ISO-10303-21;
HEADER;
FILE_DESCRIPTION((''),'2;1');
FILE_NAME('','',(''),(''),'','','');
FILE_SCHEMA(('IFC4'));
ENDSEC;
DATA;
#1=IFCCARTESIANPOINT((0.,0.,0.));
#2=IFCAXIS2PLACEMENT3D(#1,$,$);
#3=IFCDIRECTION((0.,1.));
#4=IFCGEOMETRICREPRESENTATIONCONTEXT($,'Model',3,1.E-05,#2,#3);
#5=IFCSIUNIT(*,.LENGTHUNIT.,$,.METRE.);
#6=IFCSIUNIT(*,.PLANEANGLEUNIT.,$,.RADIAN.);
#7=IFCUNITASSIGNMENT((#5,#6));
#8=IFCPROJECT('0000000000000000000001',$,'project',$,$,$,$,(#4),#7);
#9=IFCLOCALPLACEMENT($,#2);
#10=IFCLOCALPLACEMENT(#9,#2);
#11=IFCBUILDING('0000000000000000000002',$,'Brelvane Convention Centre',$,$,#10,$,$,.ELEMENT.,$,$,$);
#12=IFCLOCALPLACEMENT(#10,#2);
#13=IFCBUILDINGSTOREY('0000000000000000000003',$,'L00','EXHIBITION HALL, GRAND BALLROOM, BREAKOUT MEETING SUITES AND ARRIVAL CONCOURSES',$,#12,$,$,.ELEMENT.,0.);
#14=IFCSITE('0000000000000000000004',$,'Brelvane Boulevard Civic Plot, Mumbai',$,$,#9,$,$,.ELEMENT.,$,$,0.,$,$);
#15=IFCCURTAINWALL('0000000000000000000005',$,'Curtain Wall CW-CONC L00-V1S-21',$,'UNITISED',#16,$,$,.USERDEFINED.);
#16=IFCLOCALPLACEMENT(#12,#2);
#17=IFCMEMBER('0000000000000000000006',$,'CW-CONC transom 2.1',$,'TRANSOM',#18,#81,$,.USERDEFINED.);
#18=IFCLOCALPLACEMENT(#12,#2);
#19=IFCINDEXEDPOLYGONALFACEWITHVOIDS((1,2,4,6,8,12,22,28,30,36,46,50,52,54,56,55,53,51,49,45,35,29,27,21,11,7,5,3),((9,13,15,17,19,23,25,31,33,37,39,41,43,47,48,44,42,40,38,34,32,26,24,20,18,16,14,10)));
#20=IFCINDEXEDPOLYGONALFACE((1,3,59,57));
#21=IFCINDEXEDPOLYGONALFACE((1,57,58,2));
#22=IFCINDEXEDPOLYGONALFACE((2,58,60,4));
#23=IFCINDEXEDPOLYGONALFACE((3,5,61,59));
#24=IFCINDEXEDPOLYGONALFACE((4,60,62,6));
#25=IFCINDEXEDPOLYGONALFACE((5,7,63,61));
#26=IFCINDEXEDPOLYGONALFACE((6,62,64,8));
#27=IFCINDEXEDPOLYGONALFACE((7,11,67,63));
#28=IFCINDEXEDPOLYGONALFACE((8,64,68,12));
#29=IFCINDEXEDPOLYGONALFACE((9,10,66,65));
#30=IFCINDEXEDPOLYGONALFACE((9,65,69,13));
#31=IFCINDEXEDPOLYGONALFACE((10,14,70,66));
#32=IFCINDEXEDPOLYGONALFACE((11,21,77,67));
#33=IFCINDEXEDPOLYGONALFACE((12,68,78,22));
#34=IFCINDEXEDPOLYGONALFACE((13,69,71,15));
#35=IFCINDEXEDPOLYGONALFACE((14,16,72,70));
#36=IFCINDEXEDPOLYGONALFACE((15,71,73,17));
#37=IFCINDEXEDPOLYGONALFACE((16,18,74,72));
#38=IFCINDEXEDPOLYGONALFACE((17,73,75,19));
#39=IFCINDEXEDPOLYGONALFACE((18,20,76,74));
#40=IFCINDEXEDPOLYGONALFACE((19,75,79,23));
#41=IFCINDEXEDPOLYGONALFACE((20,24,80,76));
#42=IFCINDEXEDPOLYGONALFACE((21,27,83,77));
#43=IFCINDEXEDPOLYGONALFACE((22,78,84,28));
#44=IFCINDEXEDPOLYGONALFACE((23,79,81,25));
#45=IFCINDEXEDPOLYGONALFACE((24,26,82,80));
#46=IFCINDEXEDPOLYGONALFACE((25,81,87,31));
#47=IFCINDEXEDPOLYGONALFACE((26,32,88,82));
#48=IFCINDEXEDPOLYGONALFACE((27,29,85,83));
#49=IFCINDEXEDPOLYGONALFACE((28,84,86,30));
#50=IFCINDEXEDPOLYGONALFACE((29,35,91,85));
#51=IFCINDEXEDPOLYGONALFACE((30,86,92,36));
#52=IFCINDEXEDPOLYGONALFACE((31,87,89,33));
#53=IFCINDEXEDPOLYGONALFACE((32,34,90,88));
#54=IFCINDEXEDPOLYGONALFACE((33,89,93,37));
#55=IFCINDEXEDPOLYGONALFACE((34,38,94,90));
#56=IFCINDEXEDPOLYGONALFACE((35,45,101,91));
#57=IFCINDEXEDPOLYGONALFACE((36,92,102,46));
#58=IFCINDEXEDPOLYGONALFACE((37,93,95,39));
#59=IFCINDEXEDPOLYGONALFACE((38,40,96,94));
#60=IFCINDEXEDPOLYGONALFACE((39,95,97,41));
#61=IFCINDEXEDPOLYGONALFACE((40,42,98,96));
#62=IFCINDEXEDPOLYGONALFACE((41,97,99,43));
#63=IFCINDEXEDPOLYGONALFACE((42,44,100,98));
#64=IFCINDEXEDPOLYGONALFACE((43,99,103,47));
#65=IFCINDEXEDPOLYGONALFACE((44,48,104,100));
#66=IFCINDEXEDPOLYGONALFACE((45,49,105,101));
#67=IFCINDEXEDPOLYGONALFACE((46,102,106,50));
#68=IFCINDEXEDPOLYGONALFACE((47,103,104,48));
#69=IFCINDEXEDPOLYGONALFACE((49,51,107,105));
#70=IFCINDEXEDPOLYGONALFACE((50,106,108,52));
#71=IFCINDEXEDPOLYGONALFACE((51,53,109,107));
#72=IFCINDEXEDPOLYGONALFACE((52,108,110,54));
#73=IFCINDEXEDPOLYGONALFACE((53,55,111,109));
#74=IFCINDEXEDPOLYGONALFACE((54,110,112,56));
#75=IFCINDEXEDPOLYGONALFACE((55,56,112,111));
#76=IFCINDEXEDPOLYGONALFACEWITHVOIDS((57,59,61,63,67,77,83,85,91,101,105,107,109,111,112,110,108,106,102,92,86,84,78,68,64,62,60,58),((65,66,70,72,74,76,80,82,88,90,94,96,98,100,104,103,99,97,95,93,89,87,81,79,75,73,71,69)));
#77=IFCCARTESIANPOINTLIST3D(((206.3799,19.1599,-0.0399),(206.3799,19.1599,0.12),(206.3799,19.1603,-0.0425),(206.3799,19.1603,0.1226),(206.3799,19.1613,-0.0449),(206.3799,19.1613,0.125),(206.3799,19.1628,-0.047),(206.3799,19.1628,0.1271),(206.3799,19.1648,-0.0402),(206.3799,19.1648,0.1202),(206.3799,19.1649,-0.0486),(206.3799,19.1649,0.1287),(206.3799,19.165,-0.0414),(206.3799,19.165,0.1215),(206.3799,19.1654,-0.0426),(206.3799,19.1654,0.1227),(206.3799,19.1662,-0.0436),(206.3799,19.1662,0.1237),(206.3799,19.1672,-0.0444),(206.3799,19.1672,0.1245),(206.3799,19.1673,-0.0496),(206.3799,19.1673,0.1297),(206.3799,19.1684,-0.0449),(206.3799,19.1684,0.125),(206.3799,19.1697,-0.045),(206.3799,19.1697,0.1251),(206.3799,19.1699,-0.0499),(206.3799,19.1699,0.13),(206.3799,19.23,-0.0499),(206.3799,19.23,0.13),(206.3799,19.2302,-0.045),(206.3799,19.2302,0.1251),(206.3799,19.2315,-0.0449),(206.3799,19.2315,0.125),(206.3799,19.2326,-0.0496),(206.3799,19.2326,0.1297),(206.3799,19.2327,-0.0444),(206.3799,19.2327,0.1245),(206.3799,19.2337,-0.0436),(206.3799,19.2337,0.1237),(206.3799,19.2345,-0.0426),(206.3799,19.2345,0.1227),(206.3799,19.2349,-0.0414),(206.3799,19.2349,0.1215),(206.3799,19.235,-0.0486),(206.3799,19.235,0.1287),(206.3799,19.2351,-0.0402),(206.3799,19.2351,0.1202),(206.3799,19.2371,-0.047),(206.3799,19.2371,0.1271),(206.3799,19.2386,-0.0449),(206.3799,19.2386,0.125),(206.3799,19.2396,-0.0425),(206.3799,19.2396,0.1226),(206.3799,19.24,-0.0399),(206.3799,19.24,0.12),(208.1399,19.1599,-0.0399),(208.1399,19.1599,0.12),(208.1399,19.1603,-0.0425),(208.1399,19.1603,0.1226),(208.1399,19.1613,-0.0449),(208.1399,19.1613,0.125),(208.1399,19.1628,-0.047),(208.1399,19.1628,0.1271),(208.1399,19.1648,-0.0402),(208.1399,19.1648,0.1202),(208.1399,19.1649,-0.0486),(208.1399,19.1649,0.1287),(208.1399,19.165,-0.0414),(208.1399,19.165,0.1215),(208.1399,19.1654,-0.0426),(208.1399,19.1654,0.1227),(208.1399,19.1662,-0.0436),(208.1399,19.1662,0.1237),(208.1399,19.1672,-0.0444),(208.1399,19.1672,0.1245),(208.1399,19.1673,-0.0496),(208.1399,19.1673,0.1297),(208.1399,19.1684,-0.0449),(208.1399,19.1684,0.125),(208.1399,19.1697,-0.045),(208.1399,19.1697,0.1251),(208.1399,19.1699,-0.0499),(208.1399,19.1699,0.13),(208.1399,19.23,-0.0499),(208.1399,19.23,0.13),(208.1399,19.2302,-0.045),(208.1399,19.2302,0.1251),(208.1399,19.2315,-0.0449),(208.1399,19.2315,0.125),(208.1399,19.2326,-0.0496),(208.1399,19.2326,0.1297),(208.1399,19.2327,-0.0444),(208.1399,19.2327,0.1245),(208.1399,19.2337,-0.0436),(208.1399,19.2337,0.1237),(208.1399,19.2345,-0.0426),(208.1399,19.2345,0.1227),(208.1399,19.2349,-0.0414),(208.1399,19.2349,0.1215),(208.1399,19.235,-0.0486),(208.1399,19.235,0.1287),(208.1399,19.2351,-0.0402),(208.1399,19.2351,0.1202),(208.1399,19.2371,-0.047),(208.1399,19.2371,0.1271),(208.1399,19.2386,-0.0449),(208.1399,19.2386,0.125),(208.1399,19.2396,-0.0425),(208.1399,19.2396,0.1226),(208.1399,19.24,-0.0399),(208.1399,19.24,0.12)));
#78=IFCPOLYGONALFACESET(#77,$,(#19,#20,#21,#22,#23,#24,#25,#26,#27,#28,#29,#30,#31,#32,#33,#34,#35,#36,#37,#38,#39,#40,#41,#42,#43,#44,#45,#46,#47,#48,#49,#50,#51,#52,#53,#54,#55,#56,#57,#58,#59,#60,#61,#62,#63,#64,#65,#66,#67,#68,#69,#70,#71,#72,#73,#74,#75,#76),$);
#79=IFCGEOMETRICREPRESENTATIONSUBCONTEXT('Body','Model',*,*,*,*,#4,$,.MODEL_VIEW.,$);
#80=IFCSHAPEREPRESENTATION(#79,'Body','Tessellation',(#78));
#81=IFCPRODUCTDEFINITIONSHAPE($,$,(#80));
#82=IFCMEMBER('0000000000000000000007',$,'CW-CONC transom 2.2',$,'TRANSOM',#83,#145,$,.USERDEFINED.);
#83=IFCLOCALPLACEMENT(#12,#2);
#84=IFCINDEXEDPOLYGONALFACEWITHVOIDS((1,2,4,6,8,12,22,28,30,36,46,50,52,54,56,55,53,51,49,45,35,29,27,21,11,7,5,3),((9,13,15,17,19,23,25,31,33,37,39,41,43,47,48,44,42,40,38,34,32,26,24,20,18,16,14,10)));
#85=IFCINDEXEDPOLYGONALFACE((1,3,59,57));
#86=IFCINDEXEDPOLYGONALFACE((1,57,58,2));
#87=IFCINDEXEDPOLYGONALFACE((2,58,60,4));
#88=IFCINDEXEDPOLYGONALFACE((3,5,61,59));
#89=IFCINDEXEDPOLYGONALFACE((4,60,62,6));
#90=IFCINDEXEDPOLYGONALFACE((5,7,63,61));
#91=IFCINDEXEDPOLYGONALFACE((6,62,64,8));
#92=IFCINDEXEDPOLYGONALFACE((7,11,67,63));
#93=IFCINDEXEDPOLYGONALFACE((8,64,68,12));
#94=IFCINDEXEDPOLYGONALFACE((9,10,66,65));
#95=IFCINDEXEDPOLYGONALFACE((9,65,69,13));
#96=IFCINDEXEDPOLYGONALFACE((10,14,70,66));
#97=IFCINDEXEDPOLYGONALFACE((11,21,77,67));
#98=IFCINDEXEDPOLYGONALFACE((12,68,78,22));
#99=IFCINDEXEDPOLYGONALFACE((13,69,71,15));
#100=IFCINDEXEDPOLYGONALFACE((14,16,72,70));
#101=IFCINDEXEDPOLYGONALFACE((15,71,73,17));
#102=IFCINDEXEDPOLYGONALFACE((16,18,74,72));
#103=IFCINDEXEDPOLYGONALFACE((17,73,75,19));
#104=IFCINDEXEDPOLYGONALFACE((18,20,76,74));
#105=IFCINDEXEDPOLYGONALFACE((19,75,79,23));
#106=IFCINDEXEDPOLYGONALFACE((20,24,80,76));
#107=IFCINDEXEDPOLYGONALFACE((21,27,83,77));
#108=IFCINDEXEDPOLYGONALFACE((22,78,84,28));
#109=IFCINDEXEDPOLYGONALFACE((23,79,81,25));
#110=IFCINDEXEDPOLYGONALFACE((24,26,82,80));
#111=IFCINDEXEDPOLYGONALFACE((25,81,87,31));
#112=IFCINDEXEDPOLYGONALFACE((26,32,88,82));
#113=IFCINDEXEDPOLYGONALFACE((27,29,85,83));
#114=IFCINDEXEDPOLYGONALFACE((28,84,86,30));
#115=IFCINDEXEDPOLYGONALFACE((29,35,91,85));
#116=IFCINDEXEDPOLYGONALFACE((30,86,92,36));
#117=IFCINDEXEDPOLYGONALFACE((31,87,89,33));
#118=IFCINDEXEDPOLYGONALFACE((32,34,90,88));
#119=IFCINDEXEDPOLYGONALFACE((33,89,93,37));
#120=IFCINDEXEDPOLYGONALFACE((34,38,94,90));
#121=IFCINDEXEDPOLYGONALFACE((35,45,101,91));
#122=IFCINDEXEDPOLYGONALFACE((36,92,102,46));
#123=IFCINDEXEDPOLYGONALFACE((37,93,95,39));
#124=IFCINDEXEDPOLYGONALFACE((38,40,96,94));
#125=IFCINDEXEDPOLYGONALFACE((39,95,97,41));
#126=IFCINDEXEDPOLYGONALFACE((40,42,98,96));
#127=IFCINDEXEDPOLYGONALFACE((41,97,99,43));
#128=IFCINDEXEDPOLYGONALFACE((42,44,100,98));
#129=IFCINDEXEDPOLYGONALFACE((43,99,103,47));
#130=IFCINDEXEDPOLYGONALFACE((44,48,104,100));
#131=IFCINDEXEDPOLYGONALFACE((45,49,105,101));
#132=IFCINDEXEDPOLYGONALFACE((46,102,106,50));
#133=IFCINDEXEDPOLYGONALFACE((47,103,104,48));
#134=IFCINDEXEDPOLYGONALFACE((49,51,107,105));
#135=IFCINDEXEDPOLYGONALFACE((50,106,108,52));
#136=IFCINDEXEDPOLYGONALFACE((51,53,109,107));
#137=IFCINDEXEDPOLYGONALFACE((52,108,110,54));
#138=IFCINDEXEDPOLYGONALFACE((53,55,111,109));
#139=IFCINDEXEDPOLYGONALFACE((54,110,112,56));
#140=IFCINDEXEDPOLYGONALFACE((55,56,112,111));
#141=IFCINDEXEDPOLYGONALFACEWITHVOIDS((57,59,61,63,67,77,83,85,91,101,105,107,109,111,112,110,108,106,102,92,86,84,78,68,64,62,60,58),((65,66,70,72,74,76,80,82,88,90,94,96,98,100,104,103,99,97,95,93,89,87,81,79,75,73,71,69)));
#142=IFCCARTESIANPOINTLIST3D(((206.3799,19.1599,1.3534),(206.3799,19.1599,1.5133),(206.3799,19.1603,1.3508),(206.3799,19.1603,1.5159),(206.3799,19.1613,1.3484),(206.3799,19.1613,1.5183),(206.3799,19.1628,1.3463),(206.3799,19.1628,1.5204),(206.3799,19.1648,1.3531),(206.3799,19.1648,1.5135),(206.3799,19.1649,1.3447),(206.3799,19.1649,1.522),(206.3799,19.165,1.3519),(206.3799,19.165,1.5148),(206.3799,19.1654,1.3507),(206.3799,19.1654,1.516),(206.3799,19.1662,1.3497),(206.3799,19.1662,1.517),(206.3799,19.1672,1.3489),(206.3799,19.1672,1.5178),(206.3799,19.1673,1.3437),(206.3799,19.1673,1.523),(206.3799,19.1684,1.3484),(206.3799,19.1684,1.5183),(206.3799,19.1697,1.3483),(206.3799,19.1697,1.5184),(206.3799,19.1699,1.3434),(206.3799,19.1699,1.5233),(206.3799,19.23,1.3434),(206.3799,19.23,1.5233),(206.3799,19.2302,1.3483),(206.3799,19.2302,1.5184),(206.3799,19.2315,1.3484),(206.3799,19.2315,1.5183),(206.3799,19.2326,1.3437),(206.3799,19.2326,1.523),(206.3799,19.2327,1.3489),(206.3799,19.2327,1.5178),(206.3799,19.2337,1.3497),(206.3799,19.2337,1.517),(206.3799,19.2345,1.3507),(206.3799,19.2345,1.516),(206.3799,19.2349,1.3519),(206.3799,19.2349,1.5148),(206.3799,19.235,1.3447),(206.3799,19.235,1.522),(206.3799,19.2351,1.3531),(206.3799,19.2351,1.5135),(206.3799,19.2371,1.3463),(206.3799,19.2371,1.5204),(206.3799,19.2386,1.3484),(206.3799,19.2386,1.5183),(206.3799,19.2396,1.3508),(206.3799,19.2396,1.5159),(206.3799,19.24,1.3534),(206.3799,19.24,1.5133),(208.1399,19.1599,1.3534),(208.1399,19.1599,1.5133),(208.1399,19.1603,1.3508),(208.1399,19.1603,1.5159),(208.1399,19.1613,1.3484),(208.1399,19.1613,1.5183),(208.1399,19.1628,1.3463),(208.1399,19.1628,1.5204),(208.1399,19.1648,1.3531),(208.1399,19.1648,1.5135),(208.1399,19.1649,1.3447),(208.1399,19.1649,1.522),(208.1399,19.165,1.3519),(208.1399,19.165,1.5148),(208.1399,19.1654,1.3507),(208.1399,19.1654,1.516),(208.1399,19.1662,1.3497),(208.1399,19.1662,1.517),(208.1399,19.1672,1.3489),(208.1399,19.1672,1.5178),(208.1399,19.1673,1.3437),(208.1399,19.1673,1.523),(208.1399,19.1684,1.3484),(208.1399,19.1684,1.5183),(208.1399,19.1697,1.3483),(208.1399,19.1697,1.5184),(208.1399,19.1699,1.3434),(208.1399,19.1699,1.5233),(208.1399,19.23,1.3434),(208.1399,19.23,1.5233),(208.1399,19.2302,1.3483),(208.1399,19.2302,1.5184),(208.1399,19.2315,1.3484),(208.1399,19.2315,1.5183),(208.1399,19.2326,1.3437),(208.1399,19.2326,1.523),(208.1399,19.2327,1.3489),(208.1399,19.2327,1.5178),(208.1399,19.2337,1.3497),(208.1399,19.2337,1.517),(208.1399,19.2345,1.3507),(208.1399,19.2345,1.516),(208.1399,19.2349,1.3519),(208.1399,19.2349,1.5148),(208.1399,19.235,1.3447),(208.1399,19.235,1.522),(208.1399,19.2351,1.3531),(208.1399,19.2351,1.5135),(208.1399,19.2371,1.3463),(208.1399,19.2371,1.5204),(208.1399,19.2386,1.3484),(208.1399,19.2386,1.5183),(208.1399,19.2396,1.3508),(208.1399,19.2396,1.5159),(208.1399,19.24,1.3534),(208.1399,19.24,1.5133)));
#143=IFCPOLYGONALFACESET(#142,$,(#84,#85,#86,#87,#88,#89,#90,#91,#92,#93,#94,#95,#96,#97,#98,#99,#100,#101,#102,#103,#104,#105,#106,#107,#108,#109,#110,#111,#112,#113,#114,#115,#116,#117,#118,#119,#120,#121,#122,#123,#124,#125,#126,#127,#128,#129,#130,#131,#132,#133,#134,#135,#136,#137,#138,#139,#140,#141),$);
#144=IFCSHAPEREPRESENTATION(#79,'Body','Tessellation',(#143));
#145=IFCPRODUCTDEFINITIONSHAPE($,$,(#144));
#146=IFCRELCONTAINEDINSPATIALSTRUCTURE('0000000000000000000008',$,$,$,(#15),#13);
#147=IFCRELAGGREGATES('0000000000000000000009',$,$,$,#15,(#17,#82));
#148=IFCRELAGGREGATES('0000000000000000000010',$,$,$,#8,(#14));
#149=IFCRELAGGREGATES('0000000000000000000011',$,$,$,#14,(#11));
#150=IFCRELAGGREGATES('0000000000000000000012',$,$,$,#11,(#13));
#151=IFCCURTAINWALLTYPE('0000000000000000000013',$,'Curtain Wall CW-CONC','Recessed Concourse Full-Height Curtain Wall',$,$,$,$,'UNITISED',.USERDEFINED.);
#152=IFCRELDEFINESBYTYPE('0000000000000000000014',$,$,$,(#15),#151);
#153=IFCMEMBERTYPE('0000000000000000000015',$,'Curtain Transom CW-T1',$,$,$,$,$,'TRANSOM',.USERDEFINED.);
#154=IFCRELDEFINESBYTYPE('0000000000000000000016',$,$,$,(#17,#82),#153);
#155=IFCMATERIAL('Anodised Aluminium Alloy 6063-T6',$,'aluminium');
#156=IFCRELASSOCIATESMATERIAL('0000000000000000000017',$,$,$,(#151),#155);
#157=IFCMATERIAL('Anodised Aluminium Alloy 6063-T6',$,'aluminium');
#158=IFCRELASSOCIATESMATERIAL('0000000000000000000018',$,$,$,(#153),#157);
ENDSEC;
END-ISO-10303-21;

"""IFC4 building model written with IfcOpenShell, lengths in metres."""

from ifc_helpers import new_model, si_unit, direction, frame, origin, origin_2d, place, context, subcontext, project, spatial, hollow_rectangle, extrude, material, material_profile, profile_set, type_object, element, aggregate, save


model = new_model("IFC4")

# Units and contexts
model_context = context("Model", 3, precision=1e-05, world=origin(), true_north=direction((0.0, 1.0)))
body_context = subcontext(model_context, "Body", "Model", "MODEL_VIEW")
ifc_project = project(units=[si_unit("LENGTHUNIT", "METRE"), si_unit("PLANEANGLEUNIT", "RADIAN")], contexts=[model_context])

# Site, building, storey
site_placement = place(None, origin())
site = spatial("IfcSite", under=ifc_project, at=site_placement, Name="Brelvane Boulevard Civic Plot, Mumbai", CompositionType="ELEMENT", RefElevation=0.0)
building_placement = place(site_placement, origin())
building = spatial("IfcBuilding", under=site, at=building_placement, Name="Brelvane Convention Centre", CompositionType="ELEMENT")
storey_placement = place(building_placement, origin())
storey = spatial("IfcBuildingStorey", under=building, at=storey_placement, Name="L00", Description="EXHIBITION HALL, GRAND BALLROOM, BREAKOUT MEETING SUITES AND ARRIVAL CONCOURSES", CompositionType="ELEMENT", Elevation=0.0)

# Curtain wall, members
ifc_material_1 = material(Name="Anodised Aluminium Alloy 6063-T6", Category="aluminium")
curtain_wall_type = type_object("IfcCurtainWallType", Name="Curtain Wall CW-CONC", Description="Recessed Concourse Full-Height Curtain Wall", ElementType="UNITISED", PredefinedType="USERDEFINED", material=ifc_material_1)
curtain_wall_placement = place(storey_placement, origin())
curtain_wall = element("IfcCurtainWall", 1, at=curtain_wall_placement, inside=storey, type_object=curtain_wall_type, Name="Curtain Wall CW-CONC L00-V1S-21", ObjectType="UNITISED", PredefinedType="USERDEFINED")
ifc_material_2 = material(Name="Anodised Aluminium Alloy 6063-T6", Category="aluminium")
ifc_material_profile_1 = material_profile(ifc_material_2, hollow_rectangle(XDim=0.0801, YDim=0.1799, WallThickness=0.0049, InnerFilletRadius=0.0049, OuterFilletRadius=0.01, at=origin_2d()), Name="ALU-T 180x80x5.0")
ifc_profile_set_1 = profile_set([ifc_material_profile_1], Name="Anodised Aluminium Alloy 6063-T6")
member_type_1 = type_object("IfcMemberType", Name="Curtain Transom CW-T1", ElementType="TRANSOM", PredefinedType="USERDEFINED", material=ifc_profile_set_1)
member_1_placement = place(storey_placement, frame((206.3799, 19.2, 0.04), z_axis=(1.0, 0.0, 0.0), x_axis=(0.0, 1.0, 0.0)))
member_1 = element("IfcMember", 2, at=member_1_placement, type_object=member_type_1, Name="CW-CONC transom 2.1", ObjectType="TRANSOM", PredefinedType="USERDEFINED", context=body_context, shape_type="SweptSolid", body=[
    extrude(hollow_rectangle(XDim=0.0801, YDim=0.1799, WallThickness=0.0049, InnerFilletRadius=0.0049, OuterFilletRadius=0.01, at=origin_2d()), origin(), (0.0, 0.0, 1.0), 1.76),
])
member_2_placement = place(storey_placement, frame((206.3799, 19.2, 1.4333), z_axis=(1.0, 0.0, 0.0), x_axis=(0.0, 1.0, 0.0)))
member_2 = element("IfcMember", 3, at=member_2_placement, type_object=member_type_1, Name="CW-CONC transom 2.2", ObjectType="TRANSOM", PredefinedType="USERDEFINED", context=body_context, shape_type="SweptSolid", body=[
    extrude(hollow_rectangle(XDim=0.0801, YDim=0.1799, WallThickness=0.0049, InnerFilletRadius=0.0049, OuterFilletRadius=0.01, at=origin_2d()), origin(), (0.0, 0.0, 1.0), 1.76),
])

aggregate(curtain_wall, [member_1, member_2])

save(model, "model.ifc")
